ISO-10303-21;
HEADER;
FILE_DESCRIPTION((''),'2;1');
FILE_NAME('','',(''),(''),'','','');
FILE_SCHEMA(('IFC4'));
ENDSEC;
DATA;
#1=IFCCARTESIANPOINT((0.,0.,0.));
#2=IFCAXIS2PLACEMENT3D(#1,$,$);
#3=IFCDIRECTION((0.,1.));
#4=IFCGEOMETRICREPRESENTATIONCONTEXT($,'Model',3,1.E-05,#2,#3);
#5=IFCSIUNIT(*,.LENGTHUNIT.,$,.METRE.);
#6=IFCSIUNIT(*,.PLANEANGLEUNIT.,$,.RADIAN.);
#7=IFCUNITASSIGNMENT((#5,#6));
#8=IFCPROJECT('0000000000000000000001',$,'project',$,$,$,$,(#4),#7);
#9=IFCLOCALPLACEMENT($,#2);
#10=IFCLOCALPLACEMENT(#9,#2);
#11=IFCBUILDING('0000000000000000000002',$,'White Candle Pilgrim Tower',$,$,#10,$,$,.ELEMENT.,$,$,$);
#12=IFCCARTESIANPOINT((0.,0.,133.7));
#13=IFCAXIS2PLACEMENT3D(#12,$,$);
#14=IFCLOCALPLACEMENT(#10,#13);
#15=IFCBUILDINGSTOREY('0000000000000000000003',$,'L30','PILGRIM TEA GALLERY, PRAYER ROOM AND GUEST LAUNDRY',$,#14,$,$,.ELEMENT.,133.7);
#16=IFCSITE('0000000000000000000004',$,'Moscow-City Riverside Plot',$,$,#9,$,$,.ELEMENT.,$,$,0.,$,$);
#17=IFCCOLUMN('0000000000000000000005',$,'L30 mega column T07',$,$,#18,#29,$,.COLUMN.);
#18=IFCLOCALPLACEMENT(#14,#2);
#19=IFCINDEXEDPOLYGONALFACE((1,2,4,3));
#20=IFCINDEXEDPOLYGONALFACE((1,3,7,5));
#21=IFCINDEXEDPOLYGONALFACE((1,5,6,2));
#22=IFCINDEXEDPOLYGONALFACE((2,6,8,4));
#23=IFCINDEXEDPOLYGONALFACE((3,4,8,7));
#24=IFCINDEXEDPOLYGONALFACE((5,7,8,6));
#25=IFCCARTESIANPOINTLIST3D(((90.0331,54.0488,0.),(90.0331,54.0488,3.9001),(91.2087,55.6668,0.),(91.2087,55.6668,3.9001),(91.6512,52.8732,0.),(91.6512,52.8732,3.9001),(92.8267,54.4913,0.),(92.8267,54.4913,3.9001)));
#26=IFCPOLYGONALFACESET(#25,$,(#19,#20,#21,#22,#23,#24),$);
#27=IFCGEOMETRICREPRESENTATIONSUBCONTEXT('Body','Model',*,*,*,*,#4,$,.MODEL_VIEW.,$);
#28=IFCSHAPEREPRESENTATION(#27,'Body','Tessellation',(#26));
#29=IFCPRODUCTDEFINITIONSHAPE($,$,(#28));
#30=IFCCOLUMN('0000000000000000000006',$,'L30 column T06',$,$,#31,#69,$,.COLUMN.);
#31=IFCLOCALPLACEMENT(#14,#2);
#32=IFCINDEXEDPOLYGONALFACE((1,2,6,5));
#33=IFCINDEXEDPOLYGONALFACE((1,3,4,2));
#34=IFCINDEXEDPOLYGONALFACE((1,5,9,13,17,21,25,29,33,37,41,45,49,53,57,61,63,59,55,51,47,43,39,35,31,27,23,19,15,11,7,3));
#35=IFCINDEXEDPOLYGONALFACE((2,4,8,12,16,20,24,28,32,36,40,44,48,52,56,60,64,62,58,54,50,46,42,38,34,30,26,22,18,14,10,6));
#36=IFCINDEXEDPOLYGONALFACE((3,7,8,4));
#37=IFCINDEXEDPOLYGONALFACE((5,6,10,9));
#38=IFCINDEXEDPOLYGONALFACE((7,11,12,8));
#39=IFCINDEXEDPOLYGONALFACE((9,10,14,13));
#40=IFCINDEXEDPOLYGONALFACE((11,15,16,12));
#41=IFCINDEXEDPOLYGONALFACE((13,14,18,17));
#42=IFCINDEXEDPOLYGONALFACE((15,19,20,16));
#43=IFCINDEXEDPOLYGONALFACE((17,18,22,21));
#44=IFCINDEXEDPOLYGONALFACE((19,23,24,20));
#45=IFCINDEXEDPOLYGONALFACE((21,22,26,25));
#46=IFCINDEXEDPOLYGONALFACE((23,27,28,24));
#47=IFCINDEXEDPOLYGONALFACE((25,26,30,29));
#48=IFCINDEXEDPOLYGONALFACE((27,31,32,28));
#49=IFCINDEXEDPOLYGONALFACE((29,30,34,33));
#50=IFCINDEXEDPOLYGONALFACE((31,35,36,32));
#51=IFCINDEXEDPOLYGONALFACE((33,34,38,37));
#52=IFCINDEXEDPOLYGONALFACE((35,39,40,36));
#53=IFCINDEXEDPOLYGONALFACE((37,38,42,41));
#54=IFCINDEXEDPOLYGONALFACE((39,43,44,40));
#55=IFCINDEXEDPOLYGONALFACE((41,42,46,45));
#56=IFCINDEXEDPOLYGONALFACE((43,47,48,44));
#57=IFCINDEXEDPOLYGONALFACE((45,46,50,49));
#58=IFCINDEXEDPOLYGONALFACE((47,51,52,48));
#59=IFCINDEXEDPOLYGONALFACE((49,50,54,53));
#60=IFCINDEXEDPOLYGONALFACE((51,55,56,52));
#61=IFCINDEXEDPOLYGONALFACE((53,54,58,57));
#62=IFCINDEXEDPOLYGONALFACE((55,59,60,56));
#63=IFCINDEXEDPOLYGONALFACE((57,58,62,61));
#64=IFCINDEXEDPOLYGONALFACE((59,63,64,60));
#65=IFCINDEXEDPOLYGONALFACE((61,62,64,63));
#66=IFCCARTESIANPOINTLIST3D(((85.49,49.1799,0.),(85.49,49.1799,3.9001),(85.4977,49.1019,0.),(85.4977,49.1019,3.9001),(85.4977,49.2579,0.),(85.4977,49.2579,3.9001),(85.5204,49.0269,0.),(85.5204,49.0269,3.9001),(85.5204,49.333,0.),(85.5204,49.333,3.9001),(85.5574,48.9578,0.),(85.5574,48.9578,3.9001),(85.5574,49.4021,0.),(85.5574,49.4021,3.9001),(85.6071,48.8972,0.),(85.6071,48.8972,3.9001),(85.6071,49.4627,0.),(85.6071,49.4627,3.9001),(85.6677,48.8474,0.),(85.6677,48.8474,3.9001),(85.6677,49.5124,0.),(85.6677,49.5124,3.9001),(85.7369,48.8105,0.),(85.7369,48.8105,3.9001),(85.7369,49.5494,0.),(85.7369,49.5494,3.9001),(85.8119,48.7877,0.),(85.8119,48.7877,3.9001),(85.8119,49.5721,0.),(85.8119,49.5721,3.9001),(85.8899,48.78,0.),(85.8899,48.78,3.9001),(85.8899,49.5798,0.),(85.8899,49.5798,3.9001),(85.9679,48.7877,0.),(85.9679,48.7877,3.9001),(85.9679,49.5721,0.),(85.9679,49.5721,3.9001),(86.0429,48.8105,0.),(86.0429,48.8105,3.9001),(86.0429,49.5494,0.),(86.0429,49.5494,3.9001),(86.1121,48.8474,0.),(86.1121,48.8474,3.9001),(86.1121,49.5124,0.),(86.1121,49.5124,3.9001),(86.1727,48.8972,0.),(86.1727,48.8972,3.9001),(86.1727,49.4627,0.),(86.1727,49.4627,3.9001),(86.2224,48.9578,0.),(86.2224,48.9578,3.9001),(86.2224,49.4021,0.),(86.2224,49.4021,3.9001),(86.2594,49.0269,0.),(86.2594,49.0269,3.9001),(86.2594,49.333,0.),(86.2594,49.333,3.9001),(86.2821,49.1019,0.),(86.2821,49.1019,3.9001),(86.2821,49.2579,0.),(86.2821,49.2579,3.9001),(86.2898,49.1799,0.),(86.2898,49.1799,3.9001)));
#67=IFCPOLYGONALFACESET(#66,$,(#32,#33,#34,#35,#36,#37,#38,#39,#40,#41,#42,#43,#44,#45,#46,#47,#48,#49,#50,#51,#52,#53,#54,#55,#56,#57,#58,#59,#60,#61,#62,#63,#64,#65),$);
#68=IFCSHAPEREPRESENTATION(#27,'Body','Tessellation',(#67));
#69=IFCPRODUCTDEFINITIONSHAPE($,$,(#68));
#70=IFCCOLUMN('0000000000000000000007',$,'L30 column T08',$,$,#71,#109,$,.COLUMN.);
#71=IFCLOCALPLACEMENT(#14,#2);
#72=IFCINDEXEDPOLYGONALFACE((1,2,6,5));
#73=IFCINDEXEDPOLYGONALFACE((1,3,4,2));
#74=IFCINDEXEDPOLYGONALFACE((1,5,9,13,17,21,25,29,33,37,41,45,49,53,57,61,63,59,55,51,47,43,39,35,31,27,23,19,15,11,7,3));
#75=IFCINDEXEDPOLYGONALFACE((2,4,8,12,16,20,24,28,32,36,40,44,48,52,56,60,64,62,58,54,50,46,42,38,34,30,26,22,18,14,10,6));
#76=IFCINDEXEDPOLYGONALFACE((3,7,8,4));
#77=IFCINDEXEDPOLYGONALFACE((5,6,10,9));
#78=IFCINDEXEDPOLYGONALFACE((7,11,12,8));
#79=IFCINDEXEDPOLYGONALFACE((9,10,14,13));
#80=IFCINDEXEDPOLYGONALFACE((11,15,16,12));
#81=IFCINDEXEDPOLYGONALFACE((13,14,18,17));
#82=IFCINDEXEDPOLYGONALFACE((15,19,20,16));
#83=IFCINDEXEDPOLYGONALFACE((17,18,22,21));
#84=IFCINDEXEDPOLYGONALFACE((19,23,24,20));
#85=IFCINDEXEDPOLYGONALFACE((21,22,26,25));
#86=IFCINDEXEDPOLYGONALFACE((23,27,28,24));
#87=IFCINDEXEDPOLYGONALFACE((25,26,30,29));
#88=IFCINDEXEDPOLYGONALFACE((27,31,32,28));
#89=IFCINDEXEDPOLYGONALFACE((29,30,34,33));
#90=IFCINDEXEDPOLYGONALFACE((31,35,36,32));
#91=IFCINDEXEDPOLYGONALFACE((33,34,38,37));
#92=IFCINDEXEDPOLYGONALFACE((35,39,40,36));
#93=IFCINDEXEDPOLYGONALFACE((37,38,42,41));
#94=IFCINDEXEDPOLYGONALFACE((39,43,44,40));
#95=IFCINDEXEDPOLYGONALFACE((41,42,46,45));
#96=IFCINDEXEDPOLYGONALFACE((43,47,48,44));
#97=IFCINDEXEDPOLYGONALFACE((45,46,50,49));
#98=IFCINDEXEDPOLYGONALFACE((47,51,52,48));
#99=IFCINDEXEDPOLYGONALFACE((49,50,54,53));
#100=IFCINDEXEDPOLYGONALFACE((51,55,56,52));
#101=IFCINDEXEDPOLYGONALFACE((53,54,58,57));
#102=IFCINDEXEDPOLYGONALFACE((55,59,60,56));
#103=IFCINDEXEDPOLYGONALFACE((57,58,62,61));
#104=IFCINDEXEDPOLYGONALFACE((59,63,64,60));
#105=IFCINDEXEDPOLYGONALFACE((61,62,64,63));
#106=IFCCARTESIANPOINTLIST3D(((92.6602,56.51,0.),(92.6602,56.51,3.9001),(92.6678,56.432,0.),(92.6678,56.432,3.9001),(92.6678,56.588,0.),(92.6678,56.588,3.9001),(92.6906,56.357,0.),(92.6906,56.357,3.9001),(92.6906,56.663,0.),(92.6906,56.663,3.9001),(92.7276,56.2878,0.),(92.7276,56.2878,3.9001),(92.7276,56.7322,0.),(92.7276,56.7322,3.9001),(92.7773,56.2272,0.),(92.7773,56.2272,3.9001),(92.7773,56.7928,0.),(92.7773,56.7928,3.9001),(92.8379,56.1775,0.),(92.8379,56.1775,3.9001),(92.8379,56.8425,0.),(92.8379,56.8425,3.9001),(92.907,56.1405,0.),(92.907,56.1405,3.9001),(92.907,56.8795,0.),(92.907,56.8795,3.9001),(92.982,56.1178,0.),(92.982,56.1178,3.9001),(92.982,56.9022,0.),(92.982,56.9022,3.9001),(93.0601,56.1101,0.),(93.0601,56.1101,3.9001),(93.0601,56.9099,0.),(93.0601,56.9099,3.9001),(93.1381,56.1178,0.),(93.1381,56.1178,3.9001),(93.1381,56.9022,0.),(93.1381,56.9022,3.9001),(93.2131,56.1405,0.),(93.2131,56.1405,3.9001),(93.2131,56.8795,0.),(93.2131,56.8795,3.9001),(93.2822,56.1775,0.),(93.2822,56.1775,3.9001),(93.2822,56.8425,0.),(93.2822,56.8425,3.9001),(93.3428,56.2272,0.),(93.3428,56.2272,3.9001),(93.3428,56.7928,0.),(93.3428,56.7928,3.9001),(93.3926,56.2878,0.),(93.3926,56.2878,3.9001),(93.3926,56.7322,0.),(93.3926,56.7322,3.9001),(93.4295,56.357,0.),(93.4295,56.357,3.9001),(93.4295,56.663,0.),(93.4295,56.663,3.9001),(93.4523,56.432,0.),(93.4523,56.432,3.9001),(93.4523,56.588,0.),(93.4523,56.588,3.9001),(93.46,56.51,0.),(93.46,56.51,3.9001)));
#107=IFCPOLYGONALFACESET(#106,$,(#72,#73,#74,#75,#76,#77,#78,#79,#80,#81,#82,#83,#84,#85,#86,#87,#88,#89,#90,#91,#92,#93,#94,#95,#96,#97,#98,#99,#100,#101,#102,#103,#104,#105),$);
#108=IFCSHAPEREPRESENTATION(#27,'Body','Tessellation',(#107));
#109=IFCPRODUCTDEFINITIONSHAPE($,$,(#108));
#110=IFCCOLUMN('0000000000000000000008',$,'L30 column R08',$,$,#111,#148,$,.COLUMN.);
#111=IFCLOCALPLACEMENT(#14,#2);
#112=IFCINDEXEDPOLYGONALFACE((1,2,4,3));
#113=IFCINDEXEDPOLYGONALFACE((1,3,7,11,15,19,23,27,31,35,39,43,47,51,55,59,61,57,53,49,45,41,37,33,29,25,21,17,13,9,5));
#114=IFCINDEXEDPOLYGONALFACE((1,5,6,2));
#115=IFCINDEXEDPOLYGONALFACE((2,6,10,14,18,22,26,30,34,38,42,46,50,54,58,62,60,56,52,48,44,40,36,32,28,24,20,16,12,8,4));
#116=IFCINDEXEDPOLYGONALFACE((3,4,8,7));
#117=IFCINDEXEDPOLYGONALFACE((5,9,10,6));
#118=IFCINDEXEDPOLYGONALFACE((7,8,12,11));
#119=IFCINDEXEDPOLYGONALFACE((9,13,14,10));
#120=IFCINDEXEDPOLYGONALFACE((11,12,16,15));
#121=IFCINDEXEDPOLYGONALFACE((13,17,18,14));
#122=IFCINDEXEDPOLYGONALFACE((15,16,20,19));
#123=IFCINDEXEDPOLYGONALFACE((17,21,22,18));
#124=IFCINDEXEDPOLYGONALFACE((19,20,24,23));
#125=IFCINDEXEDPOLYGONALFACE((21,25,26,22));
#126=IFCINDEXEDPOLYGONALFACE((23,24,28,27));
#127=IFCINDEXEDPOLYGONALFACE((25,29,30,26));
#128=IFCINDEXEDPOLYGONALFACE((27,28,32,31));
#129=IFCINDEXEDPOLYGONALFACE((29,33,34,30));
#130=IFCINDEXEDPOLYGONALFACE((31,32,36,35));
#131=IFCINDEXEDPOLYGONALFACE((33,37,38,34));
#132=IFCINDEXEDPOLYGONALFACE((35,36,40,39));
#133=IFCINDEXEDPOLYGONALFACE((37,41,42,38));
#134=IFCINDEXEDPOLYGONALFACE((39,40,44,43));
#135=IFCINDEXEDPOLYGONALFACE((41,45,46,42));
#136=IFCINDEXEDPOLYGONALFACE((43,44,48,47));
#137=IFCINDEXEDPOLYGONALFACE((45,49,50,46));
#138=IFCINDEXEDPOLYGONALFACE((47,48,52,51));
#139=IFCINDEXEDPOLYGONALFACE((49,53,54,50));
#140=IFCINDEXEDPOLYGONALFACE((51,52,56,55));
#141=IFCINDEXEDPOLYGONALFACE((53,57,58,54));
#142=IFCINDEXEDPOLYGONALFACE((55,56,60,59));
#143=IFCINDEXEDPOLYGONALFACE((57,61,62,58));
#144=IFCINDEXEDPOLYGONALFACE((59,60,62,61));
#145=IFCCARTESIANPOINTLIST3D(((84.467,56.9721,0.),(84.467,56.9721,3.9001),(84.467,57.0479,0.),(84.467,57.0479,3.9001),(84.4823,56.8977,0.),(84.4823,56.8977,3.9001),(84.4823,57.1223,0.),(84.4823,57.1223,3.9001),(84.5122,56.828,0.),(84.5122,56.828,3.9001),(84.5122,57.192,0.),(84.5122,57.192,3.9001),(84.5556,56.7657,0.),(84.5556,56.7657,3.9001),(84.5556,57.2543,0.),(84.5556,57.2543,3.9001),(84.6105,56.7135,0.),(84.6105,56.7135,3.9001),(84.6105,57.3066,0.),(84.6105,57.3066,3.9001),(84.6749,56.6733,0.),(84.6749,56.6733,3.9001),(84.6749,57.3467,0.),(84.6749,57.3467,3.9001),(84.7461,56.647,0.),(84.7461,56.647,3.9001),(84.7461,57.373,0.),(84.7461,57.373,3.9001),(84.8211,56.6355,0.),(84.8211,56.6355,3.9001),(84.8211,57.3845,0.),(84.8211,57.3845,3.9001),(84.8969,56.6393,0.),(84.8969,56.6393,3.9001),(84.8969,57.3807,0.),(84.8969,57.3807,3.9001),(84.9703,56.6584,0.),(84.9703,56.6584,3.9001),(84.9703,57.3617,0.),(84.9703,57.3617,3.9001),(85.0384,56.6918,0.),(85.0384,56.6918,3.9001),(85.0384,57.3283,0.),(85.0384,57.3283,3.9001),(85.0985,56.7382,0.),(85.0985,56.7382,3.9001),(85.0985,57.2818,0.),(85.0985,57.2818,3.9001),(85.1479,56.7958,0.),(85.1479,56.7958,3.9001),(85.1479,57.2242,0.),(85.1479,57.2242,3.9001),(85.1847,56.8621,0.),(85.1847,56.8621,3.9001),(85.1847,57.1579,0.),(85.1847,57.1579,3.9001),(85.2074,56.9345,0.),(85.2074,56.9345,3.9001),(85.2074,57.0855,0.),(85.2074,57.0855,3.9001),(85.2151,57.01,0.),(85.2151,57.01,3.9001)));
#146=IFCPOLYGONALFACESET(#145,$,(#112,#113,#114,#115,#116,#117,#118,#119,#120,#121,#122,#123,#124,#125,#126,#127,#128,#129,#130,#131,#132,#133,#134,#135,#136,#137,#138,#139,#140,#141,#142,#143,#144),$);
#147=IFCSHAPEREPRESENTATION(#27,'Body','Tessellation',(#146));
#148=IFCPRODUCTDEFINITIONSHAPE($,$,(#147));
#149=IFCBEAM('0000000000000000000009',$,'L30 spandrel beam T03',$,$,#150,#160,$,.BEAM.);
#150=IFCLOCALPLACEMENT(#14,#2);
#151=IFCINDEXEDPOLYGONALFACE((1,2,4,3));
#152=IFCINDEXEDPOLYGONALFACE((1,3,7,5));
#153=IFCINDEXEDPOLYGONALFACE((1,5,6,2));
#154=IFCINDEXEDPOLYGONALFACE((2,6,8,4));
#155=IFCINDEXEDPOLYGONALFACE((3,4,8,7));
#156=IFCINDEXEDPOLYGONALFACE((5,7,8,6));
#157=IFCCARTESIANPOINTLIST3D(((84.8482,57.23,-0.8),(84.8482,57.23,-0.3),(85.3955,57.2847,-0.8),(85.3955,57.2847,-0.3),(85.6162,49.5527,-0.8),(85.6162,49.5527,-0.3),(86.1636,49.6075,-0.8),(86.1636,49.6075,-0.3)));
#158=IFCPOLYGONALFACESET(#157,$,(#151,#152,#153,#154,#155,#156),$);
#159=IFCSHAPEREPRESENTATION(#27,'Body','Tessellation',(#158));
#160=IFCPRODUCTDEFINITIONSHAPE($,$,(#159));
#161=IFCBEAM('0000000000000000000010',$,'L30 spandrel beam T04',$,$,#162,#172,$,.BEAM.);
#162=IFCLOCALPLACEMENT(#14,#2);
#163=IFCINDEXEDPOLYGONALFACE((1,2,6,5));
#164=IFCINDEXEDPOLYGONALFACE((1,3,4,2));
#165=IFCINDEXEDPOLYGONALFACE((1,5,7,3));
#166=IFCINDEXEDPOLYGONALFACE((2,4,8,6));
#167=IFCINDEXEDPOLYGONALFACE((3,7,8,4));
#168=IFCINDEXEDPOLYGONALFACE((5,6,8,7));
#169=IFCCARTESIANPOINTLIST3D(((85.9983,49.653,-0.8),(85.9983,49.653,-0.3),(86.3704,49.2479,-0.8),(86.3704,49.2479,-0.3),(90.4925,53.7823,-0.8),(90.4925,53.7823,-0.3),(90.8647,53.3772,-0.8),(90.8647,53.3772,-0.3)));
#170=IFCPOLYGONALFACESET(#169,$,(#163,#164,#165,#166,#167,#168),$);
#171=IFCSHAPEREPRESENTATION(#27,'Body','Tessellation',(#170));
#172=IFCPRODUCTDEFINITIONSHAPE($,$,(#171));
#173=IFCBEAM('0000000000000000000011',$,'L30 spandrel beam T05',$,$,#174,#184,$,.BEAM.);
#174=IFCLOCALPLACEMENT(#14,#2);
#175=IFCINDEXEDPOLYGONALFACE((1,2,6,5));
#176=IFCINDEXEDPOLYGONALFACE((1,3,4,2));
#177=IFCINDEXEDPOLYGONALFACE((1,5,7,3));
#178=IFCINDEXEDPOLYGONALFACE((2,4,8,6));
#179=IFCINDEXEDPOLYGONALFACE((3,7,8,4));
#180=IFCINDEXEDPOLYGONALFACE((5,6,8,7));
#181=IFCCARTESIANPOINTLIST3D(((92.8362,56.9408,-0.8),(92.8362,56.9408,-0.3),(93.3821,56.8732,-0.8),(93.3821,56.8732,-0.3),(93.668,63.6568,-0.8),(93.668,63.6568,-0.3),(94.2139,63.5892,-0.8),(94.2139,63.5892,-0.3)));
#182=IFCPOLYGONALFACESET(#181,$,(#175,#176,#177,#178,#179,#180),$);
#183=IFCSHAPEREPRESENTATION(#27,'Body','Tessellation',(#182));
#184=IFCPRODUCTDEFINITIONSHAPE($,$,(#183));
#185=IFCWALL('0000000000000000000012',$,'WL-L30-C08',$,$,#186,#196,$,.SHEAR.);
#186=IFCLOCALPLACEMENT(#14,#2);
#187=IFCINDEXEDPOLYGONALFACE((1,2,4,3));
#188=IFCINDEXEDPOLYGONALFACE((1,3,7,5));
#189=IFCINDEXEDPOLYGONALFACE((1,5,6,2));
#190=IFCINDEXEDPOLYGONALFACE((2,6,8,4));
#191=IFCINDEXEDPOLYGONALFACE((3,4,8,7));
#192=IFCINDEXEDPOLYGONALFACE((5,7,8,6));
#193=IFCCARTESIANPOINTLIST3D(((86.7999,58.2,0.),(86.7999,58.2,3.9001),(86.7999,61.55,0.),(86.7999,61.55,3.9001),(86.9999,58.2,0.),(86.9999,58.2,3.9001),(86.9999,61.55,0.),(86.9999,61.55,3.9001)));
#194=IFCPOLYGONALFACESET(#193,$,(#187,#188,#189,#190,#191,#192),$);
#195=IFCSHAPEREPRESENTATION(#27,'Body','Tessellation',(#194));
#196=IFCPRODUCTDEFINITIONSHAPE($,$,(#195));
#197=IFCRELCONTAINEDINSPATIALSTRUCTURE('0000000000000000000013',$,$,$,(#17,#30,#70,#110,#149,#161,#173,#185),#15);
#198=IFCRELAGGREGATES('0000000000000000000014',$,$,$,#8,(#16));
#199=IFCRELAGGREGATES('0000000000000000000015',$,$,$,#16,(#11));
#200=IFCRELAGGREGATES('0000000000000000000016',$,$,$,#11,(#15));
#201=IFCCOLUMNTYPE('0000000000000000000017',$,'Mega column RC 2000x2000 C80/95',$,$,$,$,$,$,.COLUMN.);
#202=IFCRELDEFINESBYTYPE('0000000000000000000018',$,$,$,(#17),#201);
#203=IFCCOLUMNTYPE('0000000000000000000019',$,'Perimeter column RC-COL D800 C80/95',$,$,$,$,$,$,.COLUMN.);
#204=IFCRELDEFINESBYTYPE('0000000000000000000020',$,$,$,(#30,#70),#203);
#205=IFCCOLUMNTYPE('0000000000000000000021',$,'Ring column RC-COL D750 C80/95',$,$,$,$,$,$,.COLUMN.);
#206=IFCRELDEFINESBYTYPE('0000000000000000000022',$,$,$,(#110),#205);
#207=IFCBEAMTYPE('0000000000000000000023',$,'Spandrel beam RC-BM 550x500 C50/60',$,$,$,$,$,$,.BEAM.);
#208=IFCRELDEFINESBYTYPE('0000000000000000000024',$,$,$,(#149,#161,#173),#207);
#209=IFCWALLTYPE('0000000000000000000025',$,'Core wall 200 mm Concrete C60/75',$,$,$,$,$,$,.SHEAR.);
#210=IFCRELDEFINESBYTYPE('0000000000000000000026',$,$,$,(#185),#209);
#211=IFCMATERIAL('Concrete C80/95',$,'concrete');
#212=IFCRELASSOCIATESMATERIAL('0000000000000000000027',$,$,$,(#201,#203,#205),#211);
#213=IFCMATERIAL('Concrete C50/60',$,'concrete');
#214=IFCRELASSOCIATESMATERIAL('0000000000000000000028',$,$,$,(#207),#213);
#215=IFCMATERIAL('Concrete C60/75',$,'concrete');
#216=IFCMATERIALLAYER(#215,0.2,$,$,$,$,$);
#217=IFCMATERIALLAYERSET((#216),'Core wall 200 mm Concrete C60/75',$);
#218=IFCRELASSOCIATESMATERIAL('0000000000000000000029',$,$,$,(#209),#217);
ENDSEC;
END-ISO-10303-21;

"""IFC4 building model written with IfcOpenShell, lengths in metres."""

from ifc_helpers import new_model, si_unit, direction, frame, frame_2d, origin, origin_2d, place, context, subcontext, project, spatial, rectangle, circle, extrude, material, layer, layer_set, material_profile, profile_set, type_object, element, save


model = new_model("IFC4")

# Units and contexts
model_context = context("Model", 3, precision=1e-05, world=origin(), true_north=direction((0.0, 1.0)))
body_context = subcontext(model_context, "Body", "Model", "MODEL_VIEW")
ifc_project = project(units=[si_unit("LENGTHUNIT", "METRE"), si_unit("PLANEANGLEUNIT", "RADIAN")], contexts=[model_context])

# Site, building, storey
site_placement = place(None, origin())
site = spatial("IfcSite", under=ifc_project, at=site_placement, Name="Moscow-City Riverside Plot", CompositionType="ELEMENT", RefElevation=0.0)
building_placement = place(site_placement, origin())
building = spatial("IfcBuilding", under=site, at=building_placement, Name="White Candle Pilgrim Tower", CompositionType="ELEMENT")
storey_placement = place(building_placement, frame((0.0, 0.0, 133.7)))
storey = spatial("IfcBuildingStorey", under=building, at=storey_placement, Name="L30", Description="PILGRIM TEA GALLERY, PRAYER ROOM AND GUEST LAUNDRY", CompositionType="ELEMENT", Elevation=133.7)

# Columns
ifc_material_1 = material(Name="Concrete C80/95", Category="concrete")
ifc_material_profile_1 = material_profile(ifc_material_1, rectangle(XDim=2.0, YDim=2.0, at=origin_2d()), Name="RC 2000x2000")
ifc_profile_set_1 = profile_set([ifc_material_profile_1], Name="Concrete C80/95")
column_type_1 = type_object("IfcColumnType", Name="Mega column RC 2000x2000 C80/95", PredefinedType="COLUMN", material=ifc_profile_set_1)
column_1_placement = place(storey_placement, frame((91.4299, 54.27, 0.0), z_axis=(0.0, 0.0, 1.0), x_axis=(0.809017, -0.587785, 0.0)))
element("IfcColumn", 1, at=column_1_placement, inside=storey, type_object=column_type_1, Name="L30 mega column T07", PredefinedType="COLUMN", context=body_context, shape_type="SweptSolid", body=[
    extrude(rectangle(XDim=2.0, YDim=2.0, at=origin_2d()), origin(), (0.0, 0.0, 1.0), 3.9001),
])
ifc_material_profile_2 = material_profile(ifc_material_1, circle(Radius=0.3999, at=origin_2d()), Name="RC-COL D800")
ifc_profile_set_2 = profile_set([ifc_material_profile_2], Name="Concrete C80/95")
column_type_2 = type_object("IfcColumnType", Name="Perimeter column RC-COL D800 C80/95", PredefinedType="COLUMN", material=ifc_profile_set_2)
for number, where, z_axis, x_axis, name in (
    (2, (85.8899, 49.1799, 0.0), (0.0, 0.0, 1.0), (1.0, 0.0, 0.0), "L30 column T06"),
    (3, (93.0601, 56.51, 0.0), (0.0, 0.0, 1.0), (1.0, 0.0, 0.0), "L30 column T08"),
):
    element("IfcColumn", number, at=place(storey_placement, frame(where, z_axis=z_axis, x_axis=x_axis)), inside=storey, type_object=column_type_2, Name=name, PredefinedType="COLUMN", context=body_context, shape_type="SweptSolid", body=[
        extrude(circle(Radius=0.3999, at=origin_2d()), origin(), (0.0, 0.0, 1.0), 3.9001),
    ])
ifc_material_profile_3 = material_profile(ifc_material_1, circle(Radius=0.375, at=origin_2d()), Name="RC-COL D750")
ifc_profile_set_3 = profile_set([ifc_material_profile_3], Name="Concrete C80/95")
column_type_3 = type_object("IfcColumnType", Name="Ring column RC-COL D750 C80/95", PredefinedType="COLUMN", material=ifc_profile_set_3)
column_2_placement = place(storey_placement, frame((84.8401, 57.01, 0.0), z_axis=(0.0, 0.0, 1.0), x_axis=(1.0, 0.0, 0.0)))
element("IfcColumn", 4, at=column_2_placement, inside=storey, type_object=column_type_3, Name="L30 column R08", PredefinedType="COLUMN", context=body_context, shape_type="SweptSolid", body=[
    extrude(circle(Radius=0.375, at=origin_2d()), origin(), (0.0, 0.0, 1.0), 3.9001),
])

# Beams
ifc_material_2 = material(Name="Concrete C50/60", Category="concrete")
ifc_material_profile_4 = material_profile(ifc_material_2, rectangle(XDim=0.55, YDim=0.5, at=origin_2d()), Name="RC-BM 550x500")
ifc_profile_set_4 = profile_set([ifc_material_profile_4], Name="Concrete C50/60")
beam_type = type_object("IfcBeamType", Name="Spandrel beam RC-BM 550x500 C50/60", PredefinedType="BEAM", material=ifc_profile_set_4)
beam_1_placement = place(storey_placement, frame((85.8899, 49.5801, -0.55), z_axis=(-0.099548, 0.995033, 0.0), x_axis=(-0.995033, -0.099548, 0.0)))
element("IfcBeam", 5, at=beam_1_placement, inside=storey, type_object=beam_type, Name="L30 spandrel beam T03", PredefinedType="BEAM", context=body_context, shape_type="SweptSolid", body=[
    extrude(rectangle(XDim=0.55, YDim=0.5, at=origin_2d()), origin(), (0.0, 0.0, 1.0), 7.7156),
])
beam_2_placement = place(storey_placement, frame((86.1843, 49.4504, -0.55), z_axis=(0.736375, 0.676574, 0.0), x_axis=(-0.676574, 0.736375, 0.0)))
element("IfcBeam", 6, at=beam_2_placement, inside=storey, type_object=beam_type, Name="L30 spandrel beam T04", PredefinedType="BEAM", context=body_context, shape_type="SweptSolid", body=[
    extrude(rectangle(XDim=0.55, YDim=0.5, at=origin_2d()), origin(), (0.0, 0.0, 1.0), 6.1033),
])
beam_3_placement = place(storey_placement, frame((93.1091, 56.907, -0.55), z_axis=(0.122911, 0.992418, 0.0), x_axis=(-0.992418, 0.122911, 0.0)))
element("IfcBeam", 7, at=beam_3_placement, inside=storey, type_object=beam_type, Name="L30 spandrel beam T05", PredefinedType="BEAM", context=body_context, shape_type="SweptSolid", body=[
    extrude(rectangle(XDim=0.55, YDim=0.5, at=origin_2d()), origin(), (0.0, 0.0, 1.0), 6.7673),
])

# Wall
ifc_material_3 = material(Name="Concrete C60/75", Category="concrete")
ifc_layer_1 = layer(ifc_material_3, 0.2)
ifc_layer_set_1 = layer_set([ifc_layer_1], Name="Core wall 200 mm Concrete C60/75")
wall_type_1 = type_object("IfcWallType", Name="Core wall 200 mm Concrete C60/75", PredefinedType="SHEAR", material=ifc_layer_set_1)
wall_1_placement = place(storey_placement, frame((86.8999, 58.2, 0.0), z_axis=(0.0, 0.0, 1.0), x_axis=(0.0, 1.0, 0.0)))
element("IfcWall", 8, at=wall_1_placement, inside=storey, type_object=wall_type_1, Name="WL-L30-C08", PredefinedType="SHEAR", context=body_context, shape_type="SweptSolid", body=[
    extrude(rectangle(XDim=3.3501, YDim=0.2, at=frame_2d((1.675, 0.0))), origin(), (0.0, 0.0, 1.0), 3.9001),
])

save(model, "model.ifc")
